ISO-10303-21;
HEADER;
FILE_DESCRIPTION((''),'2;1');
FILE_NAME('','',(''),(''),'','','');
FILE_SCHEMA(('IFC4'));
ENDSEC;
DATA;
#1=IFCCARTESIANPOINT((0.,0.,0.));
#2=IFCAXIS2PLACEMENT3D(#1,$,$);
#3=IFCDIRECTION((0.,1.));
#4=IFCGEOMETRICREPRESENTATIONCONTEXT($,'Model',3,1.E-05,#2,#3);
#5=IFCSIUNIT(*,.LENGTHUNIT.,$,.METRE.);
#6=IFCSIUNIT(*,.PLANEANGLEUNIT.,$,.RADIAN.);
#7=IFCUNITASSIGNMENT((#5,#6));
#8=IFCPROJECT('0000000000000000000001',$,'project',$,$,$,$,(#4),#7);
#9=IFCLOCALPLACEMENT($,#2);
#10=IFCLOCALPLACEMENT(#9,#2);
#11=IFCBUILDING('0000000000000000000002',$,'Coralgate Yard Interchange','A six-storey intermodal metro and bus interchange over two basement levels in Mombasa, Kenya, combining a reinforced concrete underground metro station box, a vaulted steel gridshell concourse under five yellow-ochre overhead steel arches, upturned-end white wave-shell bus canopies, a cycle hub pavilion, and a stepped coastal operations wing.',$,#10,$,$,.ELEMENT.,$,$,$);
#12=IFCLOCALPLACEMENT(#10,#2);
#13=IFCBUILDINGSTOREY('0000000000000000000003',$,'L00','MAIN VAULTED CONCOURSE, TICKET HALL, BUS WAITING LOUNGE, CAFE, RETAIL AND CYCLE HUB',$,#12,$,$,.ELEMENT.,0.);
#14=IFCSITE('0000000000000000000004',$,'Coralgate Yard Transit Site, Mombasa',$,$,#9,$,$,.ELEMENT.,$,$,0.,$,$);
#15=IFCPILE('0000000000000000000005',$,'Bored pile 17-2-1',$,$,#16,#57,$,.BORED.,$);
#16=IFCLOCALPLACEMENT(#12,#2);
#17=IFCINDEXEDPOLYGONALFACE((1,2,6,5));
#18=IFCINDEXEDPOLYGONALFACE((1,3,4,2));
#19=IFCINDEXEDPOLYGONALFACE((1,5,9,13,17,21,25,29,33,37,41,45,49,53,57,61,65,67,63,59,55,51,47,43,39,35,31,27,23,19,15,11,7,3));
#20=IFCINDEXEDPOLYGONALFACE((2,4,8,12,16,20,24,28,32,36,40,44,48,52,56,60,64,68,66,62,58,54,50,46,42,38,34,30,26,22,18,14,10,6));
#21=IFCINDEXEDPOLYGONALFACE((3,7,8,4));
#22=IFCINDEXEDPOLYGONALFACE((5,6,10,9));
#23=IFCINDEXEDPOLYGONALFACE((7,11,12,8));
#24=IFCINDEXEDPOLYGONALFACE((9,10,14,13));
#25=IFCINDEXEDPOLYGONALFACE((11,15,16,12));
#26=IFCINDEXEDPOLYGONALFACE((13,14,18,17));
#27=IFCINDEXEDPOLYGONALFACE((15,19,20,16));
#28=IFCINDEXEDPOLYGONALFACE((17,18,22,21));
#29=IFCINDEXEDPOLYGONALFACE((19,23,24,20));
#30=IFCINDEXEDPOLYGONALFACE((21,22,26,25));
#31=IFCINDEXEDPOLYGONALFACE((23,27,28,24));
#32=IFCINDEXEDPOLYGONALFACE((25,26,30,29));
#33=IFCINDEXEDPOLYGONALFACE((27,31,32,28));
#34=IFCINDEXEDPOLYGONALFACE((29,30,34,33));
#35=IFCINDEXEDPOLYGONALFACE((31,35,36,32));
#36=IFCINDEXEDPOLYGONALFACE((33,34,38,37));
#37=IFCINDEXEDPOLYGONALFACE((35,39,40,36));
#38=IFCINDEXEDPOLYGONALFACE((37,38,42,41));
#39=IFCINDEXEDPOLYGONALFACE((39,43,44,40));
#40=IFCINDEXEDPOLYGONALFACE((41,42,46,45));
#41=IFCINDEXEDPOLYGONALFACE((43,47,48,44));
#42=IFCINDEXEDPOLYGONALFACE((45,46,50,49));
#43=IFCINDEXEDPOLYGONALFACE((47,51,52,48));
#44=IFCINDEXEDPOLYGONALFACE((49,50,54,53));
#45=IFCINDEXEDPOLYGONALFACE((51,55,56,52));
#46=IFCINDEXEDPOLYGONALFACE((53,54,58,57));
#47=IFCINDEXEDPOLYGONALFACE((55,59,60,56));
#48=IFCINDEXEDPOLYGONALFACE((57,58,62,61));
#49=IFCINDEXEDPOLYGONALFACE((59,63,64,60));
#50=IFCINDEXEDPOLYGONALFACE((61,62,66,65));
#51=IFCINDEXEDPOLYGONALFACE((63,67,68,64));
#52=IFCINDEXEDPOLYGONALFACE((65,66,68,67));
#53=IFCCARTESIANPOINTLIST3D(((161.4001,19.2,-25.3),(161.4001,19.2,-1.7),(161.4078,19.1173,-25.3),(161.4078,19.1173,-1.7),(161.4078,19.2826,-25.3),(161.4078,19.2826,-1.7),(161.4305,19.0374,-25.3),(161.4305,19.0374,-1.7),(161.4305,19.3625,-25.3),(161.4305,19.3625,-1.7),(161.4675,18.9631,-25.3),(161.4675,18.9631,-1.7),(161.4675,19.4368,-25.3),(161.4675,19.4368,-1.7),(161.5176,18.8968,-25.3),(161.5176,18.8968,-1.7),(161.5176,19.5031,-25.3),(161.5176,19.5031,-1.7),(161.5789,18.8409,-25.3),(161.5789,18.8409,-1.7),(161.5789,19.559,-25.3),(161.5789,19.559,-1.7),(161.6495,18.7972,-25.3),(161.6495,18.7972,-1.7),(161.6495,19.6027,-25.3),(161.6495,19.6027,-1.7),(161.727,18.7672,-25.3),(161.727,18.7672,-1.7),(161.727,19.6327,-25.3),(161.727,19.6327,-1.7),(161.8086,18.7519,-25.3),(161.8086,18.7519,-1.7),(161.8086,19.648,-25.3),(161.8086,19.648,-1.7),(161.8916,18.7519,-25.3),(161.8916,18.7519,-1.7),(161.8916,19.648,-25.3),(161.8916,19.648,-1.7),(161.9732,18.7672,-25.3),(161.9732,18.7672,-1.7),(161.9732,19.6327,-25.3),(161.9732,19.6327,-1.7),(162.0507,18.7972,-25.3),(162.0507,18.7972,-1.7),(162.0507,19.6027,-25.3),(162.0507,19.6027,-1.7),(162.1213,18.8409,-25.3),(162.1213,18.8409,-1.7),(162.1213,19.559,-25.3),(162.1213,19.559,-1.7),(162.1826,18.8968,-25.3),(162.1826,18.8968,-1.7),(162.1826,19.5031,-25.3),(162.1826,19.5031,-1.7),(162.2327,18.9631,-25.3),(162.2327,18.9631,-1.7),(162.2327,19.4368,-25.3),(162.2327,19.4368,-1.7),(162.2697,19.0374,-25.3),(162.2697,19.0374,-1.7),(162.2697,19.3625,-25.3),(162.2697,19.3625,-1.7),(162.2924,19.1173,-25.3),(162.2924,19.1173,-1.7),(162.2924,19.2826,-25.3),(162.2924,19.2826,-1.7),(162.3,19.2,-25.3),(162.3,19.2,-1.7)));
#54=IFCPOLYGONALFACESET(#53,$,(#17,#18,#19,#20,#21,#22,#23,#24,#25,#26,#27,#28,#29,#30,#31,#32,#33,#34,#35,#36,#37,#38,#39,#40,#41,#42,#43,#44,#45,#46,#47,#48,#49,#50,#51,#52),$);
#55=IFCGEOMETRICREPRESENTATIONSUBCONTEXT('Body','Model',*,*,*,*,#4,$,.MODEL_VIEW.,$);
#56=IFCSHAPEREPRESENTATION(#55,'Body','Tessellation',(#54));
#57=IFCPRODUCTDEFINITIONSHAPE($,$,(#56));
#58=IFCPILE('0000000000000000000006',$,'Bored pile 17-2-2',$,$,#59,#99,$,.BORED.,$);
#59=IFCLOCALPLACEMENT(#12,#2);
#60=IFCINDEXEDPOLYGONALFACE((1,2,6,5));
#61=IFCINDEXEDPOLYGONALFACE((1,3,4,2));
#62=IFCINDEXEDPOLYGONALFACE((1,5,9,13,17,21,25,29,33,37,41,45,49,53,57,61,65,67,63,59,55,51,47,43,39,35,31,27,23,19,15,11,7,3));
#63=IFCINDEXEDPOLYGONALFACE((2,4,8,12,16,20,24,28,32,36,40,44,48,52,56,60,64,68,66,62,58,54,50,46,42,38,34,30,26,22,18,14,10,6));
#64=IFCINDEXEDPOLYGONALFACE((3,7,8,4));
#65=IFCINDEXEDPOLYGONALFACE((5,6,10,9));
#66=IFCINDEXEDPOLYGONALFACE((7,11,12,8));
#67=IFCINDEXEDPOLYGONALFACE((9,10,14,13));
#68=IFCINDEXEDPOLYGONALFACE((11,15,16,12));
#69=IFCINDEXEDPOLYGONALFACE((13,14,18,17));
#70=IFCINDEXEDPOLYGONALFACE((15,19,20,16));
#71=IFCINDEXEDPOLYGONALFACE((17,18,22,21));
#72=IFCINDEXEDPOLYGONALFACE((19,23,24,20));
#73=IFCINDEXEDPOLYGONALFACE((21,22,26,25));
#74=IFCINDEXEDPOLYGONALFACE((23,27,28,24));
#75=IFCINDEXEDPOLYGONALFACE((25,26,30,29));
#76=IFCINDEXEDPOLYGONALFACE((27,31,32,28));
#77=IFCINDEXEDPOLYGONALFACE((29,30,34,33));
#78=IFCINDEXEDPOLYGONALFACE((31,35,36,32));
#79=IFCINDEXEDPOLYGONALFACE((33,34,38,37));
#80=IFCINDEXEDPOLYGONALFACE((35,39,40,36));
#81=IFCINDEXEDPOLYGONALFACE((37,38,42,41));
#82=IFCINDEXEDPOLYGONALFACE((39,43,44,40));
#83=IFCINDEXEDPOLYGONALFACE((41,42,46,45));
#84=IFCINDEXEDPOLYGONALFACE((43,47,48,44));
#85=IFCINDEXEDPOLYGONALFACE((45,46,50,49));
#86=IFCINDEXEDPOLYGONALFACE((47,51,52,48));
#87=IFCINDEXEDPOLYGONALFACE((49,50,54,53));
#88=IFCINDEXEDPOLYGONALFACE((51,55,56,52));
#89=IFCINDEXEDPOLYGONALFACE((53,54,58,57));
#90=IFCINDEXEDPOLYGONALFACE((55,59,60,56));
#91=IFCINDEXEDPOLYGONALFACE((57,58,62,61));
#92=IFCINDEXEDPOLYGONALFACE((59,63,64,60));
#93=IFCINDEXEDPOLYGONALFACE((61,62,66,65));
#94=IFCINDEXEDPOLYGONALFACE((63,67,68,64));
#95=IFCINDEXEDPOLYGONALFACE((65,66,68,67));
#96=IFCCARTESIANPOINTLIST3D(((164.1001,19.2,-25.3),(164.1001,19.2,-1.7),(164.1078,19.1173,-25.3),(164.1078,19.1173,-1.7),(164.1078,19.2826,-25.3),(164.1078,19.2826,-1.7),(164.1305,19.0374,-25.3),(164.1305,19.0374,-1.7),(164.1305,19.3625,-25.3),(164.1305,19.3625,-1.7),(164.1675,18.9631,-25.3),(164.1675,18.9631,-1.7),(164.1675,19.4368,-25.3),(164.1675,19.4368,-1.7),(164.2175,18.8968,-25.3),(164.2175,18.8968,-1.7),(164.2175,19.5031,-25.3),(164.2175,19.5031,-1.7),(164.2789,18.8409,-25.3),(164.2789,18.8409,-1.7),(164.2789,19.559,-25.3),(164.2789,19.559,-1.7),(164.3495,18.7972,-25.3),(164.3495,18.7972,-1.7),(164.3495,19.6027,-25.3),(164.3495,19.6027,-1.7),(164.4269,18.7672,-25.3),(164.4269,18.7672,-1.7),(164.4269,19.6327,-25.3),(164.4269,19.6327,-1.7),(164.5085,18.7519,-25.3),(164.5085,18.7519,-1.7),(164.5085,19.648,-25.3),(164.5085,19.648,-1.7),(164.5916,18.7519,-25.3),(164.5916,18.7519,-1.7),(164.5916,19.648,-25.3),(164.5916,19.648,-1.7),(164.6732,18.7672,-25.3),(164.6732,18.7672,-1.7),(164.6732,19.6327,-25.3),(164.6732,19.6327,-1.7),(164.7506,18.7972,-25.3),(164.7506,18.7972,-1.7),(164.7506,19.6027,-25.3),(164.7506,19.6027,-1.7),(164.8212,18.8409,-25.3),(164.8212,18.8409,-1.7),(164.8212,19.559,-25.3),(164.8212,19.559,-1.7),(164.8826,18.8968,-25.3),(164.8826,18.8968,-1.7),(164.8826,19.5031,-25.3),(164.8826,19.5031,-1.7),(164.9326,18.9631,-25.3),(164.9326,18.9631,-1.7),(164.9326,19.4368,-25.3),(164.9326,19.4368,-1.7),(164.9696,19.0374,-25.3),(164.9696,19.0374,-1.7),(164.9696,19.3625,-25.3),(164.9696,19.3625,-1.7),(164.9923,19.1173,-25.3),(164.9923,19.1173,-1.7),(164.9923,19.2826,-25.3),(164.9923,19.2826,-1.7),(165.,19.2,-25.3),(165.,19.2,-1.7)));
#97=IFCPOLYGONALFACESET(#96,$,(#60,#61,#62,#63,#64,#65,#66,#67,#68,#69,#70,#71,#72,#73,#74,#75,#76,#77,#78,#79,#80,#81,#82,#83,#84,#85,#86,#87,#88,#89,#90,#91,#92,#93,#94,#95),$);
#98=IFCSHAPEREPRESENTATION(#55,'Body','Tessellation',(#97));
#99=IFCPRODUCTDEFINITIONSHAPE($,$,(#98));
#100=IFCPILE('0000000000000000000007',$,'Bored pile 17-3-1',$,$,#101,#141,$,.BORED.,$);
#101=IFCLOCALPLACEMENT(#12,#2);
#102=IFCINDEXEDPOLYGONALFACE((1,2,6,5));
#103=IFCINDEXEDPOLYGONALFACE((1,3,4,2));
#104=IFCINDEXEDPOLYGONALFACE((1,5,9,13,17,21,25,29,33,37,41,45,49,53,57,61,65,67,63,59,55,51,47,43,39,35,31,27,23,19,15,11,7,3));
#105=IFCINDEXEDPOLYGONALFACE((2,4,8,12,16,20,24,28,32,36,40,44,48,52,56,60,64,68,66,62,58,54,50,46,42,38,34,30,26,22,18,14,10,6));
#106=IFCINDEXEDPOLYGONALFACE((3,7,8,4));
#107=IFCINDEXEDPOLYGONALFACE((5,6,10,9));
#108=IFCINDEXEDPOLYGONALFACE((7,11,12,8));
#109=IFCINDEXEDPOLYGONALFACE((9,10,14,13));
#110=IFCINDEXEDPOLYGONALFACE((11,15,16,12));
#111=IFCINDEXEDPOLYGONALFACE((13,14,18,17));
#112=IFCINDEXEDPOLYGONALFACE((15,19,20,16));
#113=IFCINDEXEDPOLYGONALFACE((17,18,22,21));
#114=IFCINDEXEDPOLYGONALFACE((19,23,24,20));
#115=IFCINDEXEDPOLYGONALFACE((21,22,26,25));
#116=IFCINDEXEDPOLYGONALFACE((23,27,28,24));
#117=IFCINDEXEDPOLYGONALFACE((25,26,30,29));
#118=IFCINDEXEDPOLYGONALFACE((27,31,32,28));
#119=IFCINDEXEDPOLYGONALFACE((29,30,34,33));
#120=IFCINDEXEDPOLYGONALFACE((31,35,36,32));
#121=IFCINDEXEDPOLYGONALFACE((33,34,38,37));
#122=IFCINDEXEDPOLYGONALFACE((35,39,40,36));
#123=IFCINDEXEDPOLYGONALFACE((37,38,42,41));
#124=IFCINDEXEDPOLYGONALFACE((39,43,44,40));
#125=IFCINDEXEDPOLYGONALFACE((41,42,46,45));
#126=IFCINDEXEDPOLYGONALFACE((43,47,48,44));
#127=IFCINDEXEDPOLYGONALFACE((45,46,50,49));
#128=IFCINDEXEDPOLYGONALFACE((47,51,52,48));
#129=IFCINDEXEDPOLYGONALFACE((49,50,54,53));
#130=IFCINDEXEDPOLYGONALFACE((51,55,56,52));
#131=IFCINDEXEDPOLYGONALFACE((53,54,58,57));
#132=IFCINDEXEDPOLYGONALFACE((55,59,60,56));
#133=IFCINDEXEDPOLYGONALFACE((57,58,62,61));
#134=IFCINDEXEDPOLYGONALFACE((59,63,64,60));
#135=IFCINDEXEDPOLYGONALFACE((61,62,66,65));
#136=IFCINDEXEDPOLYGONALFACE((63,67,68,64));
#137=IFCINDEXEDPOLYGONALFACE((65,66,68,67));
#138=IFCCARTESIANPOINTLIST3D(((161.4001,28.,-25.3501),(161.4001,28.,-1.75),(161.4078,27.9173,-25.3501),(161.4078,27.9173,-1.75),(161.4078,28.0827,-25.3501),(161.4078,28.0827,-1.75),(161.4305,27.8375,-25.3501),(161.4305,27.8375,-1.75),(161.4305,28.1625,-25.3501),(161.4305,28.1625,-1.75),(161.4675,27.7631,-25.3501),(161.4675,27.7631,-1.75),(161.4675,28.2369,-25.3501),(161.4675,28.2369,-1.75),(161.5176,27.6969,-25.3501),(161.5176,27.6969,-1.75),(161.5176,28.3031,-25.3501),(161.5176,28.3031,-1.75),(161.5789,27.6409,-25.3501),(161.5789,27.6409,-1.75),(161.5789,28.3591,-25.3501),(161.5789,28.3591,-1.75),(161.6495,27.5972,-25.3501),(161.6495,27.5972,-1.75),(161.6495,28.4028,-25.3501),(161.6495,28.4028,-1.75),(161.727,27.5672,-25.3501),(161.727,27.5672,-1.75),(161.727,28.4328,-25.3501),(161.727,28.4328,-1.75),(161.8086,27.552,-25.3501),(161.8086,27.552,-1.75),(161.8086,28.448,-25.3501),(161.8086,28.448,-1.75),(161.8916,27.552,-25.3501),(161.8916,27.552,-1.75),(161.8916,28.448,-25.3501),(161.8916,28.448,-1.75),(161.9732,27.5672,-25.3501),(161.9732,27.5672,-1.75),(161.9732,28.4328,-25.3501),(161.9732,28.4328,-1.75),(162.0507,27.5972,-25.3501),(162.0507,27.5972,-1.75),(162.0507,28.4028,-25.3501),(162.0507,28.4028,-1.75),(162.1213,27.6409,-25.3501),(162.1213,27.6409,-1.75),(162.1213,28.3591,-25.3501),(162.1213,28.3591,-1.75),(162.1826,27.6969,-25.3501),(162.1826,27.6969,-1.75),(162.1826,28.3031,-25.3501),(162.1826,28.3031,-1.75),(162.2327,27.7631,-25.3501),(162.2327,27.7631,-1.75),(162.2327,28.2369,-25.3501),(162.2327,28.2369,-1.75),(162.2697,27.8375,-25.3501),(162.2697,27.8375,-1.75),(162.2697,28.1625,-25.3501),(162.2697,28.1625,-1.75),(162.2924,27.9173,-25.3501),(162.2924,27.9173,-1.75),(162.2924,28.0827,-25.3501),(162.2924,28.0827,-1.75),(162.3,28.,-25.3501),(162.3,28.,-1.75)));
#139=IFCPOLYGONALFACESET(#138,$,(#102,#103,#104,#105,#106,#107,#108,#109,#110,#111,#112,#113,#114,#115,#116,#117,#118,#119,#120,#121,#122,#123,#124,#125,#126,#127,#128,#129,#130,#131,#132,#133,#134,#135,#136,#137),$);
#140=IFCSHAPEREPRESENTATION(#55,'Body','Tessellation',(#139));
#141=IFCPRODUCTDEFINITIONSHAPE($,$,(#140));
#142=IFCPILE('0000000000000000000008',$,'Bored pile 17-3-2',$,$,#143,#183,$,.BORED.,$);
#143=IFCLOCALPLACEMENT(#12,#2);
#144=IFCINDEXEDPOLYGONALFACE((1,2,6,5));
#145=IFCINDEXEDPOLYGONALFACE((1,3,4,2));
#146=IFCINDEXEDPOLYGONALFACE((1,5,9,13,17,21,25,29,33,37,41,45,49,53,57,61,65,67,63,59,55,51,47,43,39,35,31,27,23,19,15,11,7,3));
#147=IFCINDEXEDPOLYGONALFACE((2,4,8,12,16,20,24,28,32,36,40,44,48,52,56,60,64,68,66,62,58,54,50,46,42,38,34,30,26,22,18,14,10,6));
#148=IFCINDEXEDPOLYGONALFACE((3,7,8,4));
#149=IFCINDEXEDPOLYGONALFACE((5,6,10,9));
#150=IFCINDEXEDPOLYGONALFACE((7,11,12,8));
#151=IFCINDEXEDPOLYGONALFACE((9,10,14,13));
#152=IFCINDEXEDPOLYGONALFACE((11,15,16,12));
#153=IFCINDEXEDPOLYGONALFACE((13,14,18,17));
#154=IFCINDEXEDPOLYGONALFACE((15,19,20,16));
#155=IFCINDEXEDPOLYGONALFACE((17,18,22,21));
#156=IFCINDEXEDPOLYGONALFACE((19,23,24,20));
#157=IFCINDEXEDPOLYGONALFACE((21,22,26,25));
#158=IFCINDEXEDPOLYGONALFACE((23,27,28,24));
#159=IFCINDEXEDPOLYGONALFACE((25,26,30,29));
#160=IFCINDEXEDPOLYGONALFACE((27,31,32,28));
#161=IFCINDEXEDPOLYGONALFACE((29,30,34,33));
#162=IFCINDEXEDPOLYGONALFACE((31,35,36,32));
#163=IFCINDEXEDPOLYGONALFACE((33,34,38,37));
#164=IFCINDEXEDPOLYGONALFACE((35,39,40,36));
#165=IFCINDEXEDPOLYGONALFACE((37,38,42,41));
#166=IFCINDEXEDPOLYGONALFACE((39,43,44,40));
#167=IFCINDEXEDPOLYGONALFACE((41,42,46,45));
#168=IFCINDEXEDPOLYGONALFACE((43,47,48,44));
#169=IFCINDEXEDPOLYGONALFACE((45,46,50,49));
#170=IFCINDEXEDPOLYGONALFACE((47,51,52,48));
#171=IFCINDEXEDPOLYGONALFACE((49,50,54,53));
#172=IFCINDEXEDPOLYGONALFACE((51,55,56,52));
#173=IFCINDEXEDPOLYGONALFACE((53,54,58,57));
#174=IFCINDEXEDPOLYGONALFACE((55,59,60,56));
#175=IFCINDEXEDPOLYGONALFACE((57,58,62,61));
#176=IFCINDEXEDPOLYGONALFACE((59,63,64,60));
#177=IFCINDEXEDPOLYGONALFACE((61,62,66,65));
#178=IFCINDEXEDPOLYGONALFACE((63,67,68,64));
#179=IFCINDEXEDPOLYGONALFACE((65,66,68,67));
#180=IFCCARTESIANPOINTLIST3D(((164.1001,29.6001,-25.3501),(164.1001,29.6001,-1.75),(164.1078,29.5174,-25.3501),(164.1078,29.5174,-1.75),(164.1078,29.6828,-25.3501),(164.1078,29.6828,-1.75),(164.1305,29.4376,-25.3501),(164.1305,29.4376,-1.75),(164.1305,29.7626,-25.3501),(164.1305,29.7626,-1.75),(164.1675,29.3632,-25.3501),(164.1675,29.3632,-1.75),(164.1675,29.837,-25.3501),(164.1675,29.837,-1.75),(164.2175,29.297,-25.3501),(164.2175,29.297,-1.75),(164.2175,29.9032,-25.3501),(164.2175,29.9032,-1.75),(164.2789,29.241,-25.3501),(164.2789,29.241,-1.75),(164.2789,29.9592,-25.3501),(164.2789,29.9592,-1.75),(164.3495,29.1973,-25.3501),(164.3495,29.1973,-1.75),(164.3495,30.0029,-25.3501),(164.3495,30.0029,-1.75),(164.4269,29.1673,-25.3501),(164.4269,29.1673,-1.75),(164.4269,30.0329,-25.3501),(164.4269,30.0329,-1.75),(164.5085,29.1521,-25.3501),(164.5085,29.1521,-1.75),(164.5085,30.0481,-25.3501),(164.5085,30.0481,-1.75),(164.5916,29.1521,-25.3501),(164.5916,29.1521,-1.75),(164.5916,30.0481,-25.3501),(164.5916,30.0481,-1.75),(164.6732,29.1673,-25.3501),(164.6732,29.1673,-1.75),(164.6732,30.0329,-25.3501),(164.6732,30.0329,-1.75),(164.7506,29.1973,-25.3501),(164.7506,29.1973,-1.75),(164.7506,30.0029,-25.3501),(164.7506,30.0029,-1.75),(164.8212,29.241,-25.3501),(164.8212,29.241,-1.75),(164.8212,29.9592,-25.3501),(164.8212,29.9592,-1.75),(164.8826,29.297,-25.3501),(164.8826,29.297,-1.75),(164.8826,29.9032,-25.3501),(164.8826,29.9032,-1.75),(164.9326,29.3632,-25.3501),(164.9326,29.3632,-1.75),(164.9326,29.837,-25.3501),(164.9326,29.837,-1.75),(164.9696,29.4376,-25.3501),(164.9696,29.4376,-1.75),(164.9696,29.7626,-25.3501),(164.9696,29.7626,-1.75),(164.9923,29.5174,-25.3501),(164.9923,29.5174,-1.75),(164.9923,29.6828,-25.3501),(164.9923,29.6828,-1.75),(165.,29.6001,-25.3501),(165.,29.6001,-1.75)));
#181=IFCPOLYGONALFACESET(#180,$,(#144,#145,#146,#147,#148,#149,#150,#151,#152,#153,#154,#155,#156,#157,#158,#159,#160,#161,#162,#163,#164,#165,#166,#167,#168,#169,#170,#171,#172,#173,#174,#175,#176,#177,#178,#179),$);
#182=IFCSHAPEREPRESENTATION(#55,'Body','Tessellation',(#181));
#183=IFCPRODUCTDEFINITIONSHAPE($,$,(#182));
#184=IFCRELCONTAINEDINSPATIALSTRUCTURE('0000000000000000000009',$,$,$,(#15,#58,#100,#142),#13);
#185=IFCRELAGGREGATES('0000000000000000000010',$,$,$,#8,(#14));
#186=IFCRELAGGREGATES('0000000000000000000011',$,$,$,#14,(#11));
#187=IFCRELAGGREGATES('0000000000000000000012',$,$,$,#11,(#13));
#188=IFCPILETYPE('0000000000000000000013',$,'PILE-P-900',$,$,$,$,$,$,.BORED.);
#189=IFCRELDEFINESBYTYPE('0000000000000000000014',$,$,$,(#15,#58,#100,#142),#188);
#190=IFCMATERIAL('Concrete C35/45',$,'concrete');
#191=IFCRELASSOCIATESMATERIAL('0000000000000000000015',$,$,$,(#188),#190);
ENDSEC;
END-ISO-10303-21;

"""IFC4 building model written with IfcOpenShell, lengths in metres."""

from ifc_helpers import new_model, si_unit, direction, frame, origin, origin_2d, place, context, subcontext, project, spatial, circle, extrude, material, material_profile, profile_set, type_object, element, save


model = new_model("IFC4")

# Units and contexts
model_context = context("Model", 3, precision=1e-05, world=origin(), true_north=direction((0.0, 1.0)))
body_context = subcontext(model_context, "Body", "Model", "MODEL_VIEW")
ifc_project = project(units=[si_unit("LENGTHUNIT", "METRE"), si_unit("PLANEANGLEUNIT", "RADIAN")], contexts=[model_context])

# Site, building, storey
site_placement = place(None, origin())
site = spatial("IfcSite", under=ifc_project, at=site_placement, Name="Coralgate Yard Transit Site, Mombasa", CompositionType="ELEMENT", RefElevation=0.0)
building_placement = place(site_placement, origin())
building = spatial("IfcBuilding", under=site, at=building_placement, Name="Coralgate Yard Interchange", Description="A six-storey intermodal metro and bus interchange over two basement levels in Mombasa, Kenya, combining a reinforced concrete underground metro station box, a vaulted steel gridshell concourse under five yellow-ochre overhead steel arches, upturned-end white wave-shell bus canopies, a cycle hub pavilion, and a stepped coastal operations wing.", CompositionType="ELEMENT")
storey_placement = place(building_placement, origin())
storey = spatial("IfcBuildingStorey", under=building, at=storey_placement, Name="L00", Description="MAIN VAULTED CONCOURSE, TICKET HALL, BUS WAITING LOUNGE, CAFE, RETAIL AND CYCLE HUB", CompositionType="ELEMENT", Elevation=0.0)

# Piles
ifc_material_1 = material(Name="Concrete C35/45", Category="concrete")
ifc_material_profile_1 = material_profile(ifc_material_1, circle(Radius=0.45, at=origin_2d()), Name="BORED PILE D900")
ifc_profile_set_1 = profile_set([ifc_material_profile_1], Name="Concrete C35/45")
pile_type = type_object("IfcPileType", Name="PILE-P-900", PredefinedType="BORED", material=ifc_profile_set_1)
for number, where, z_axis, x_axis, name in (
    (1, (161.8501, 19.2, -1.7), (0.0, 0.0, -1.0), (1.0, 0.0, 0.0), "Bored pile 17-2-1"),
    (2, (164.55, 19.2, -1.7), (0.0, 0.0, -1.0), (1.0, 0.0, 0.0), "Bored pile 17-2-2"),
    (3, (161.8501, 28.0, -1.75), (0.0, 0.0, -1.0), (1.0, 0.0, 0.0), "Bored pile 17-3-1"),
    (4, (164.55, 29.6001, -1.75), (0.0, 0.0, -1.0), (1.0, 0.0, 0.0), "Bored pile 17-3-2"),
):
    element("IfcPile", number, at=place(storey_placement, frame(where, z_axis=z_axis, x_axis=x_axis)), inside=storey, type_object=pile_type, Name=name, PredefinedType="BORED", context=body_context, shape_type="SweptSolid", body=[
        extrude(circle(Radius=0.45, at=origin_2d()), origin(), (0.0, 0.0, 1.0), 23.6001),
    ])

save(model, "model.ifc")
